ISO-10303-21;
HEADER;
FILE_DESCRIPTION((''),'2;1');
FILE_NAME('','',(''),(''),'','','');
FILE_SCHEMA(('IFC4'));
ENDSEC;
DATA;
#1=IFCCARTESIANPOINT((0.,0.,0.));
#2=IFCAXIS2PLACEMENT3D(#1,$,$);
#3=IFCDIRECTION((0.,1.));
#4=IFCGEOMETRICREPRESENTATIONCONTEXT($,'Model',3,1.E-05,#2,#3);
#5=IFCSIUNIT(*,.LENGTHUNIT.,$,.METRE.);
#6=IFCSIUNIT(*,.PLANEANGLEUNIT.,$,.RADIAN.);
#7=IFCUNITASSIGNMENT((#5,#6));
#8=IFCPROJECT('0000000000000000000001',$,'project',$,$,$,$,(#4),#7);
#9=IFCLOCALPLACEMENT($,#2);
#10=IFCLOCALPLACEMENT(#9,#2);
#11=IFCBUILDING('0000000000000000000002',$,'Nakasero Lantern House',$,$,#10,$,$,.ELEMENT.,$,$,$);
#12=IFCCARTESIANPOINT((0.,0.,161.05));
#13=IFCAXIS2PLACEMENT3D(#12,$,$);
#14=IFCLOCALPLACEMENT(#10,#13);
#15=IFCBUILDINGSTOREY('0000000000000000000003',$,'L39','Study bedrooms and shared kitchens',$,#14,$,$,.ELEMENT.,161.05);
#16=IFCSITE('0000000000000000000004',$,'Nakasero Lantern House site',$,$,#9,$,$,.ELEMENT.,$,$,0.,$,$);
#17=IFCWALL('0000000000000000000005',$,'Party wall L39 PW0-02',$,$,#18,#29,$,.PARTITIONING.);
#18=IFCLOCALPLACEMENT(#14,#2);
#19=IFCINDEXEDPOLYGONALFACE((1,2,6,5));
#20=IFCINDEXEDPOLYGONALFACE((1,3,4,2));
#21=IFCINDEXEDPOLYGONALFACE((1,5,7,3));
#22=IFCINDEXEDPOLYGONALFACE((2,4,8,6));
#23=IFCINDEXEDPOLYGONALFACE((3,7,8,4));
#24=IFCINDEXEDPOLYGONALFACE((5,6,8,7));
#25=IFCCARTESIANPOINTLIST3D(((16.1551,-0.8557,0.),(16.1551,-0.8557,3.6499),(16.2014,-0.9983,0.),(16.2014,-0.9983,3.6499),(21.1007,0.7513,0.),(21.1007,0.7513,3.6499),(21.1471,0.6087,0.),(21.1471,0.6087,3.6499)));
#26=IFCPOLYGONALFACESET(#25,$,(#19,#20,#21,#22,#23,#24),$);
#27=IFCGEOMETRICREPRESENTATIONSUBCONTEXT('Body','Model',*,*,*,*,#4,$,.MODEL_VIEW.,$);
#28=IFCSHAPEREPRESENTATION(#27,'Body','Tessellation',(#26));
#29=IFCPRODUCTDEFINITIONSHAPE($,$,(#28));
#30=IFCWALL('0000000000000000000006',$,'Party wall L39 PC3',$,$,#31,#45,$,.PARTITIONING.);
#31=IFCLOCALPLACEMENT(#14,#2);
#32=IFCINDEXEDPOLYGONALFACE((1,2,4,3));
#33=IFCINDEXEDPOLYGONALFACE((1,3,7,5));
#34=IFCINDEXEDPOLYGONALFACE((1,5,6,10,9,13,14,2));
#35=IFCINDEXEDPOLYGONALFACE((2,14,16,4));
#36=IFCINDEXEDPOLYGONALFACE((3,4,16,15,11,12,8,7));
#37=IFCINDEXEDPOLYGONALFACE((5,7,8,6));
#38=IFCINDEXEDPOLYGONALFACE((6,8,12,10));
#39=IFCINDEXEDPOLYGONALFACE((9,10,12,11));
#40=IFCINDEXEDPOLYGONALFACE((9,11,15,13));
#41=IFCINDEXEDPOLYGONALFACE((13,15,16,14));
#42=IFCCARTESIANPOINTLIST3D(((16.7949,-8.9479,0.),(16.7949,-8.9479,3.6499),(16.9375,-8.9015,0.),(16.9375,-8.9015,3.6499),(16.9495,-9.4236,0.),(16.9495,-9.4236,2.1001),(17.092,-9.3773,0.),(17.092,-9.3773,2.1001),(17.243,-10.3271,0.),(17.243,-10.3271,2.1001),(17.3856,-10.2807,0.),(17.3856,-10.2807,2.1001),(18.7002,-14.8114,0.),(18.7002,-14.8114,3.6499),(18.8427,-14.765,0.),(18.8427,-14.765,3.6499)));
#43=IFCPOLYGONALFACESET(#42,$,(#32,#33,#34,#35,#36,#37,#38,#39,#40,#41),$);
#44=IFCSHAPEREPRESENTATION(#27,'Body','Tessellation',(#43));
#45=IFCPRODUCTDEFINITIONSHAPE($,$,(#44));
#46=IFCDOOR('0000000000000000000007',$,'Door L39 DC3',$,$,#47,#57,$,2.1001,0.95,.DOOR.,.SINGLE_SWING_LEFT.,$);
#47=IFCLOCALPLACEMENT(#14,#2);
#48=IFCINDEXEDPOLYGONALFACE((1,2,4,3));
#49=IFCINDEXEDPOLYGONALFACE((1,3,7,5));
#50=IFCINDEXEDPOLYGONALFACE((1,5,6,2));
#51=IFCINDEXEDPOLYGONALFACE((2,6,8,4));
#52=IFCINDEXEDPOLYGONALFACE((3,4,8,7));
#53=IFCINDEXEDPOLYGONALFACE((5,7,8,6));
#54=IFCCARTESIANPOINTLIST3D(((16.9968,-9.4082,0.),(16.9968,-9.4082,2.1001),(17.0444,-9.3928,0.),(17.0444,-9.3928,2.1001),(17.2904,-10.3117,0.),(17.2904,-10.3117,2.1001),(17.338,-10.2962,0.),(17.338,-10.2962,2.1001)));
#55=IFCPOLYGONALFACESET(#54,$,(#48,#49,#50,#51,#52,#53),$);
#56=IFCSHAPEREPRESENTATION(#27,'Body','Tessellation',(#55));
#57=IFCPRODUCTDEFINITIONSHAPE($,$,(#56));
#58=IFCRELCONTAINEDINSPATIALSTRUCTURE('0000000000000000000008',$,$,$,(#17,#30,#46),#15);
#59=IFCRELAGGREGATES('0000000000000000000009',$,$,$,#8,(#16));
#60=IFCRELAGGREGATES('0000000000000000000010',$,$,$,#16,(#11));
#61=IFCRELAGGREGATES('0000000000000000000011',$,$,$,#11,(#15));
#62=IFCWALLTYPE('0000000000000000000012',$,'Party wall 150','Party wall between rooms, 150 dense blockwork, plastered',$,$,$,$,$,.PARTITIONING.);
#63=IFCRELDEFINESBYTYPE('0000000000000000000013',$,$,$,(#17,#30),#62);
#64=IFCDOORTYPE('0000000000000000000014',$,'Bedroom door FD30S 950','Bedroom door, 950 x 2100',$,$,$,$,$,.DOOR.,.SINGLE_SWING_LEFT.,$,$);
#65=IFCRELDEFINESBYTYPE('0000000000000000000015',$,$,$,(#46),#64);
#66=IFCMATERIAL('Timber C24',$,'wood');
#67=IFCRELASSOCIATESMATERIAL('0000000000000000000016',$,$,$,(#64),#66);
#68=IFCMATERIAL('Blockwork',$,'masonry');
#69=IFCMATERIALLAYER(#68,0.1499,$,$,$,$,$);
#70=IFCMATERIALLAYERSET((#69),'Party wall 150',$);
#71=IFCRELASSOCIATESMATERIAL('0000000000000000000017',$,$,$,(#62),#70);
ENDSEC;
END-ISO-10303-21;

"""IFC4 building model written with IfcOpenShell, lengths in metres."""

from ifc_helpers import new_model, si_unit, direction, frame, frame_2d, origin, place, context, subcontext, project, spatial, rectangle, extrude, material, layer, layer_set, type_object, element, fill, save


model = new_model("IFC4")

# Units and contexts
model_context = context("Model", 3, precision=1e-05, world=origin(), true_north=direction((0.0, 1.0)))
body_context = subcontext(model_context, "Body", "Model", "MODEL_VIEW")
ifc_project = project(units=[si_unit("LENGTHUNIT", "METRE"), si_unit("PLANEANGLEUNIT", "RADIAN")], contexts=[model_context])

# Site, building, storey
site_placement = place(None, origin())
site = spatial("IfcSite", under=ifc_project, at=site_placement, Name="Nakasero Lantern House site", CompositionType="ELEMENT", RefElevation=0.0)
building_placement = place(site_placement, origin())
building = spatial("IfcBuilding", under=site, at=building_placement, Name="Nakasero Lantern House", CompositionType="ELEMENT")
storey_placement = place(building_placement, frame((0.0, 0.0, 161.05)))
storey = spatial("IfcBuildingStorey", under=building, at=storey_placement, Name="L39", Description="Study bedrooms and shared kitchens", CompositionType="ELEMENT", Elevation=161.05)

# Shared definitions
ifc_material_1 = material(Name="Timber C24", Category="wood")
door_type_1 = type_object("IfcDoorType", Name="Bedroom door FD30S 950", Description="Bedroom door, 950 x 2100", OperationType="SINGLE_SWING_LEFT", PredefinedType="DOOR", material=ifc_material_1)

# Wall
ifc_material_2 = material(Name="Blockwork", Category="masonry")
ifc_layer_1 = layer(ifc_material_2, 0.1499)
ifc_layer_set_1 = layer_set([ifc_layer_1], Name="Party wall 150")
wall_type_1 = type_object("IfcWallType", Name="Party wall 150", Description="Party wall between rooms, 150 dense blockwork, plastered", PredefinedType="PARTITIONING", material=ifc_layer_set_1)
wall_1_placement = place(storey_placement, frame((16.1782, -0.927, 0.0), z_axis=(0.0, 0.0, 1.0), x_axis=(0.951055, 0.309021, 0.0)))
element("IfcWall", 1, at=wall_1_placement, inside=storey, type_object=wall_type_1, Name="Party wall L39 PW0-02", PredefinedType="PARTITIONING", context=body_context, shape_type="SweptSolid", body=[
    extrude(rectangle(XDim=5.2002, YDim=0.1499, at=frame_2d((2.6001, 0.0))), origin(), (0.0, 0.0, 1.0), 3.6499),
])

# Wall, opening, door
wall_2_placement = place(storey_placement, frame((16.8662, -8.9248, 0.0), z_axis=(0.0, 0.0, 1.0), x_axis=(0.309031, -0.951052, 0.0)))
wall_2 = element("IfcWall", 2, at=wall_2_placement, inside=storey, type_object=wall_type_1, Name="Party wall L39 PC3", PredefinedType="PARTITIONING", context=body_context, shape_type="SweptSolid", body=[
    extrude(rectangle(XDim=6.1653, YDim=0.1499, at=frame_2d((3.0825, 0.0))), origin(), (0.0, 0.0, 1.0), 3.6499),
])
opening_1_placement = place(wall_2_placement, frame((0.5, 0.0, 0.0)))
opening_1 = element("IfcOpeningElement", 3, at=opening_1_placement, cuts=wall_2, PredefinedType="OPENING", context=body_context, shape_type="SweptSolid", body=[
    extrude(rectangle(XDim=0.95, YDim=2.1001, at=frame_2d((0.4751, 1.05))), frame((0.0, 0.095, 0.0), z_axis=(0.0, -1.0, 0.0), x_axis=(1.0, 0.0, 0.0)), (0.0, 0.0, 1.0), 0.1899),
])
door_1_placement = place(opening_1_placement, origin())
door_1 = element("IfcDoor", 4, at=door_1_placement, inside=storey, type_object=door_type_1, Name="Door L39 DC3", OperationType="SINGLE_SWING_LEFT", OverallHeight=2.1001, OverallWidth=0.95, PredefinedType="DOOR", context=body_context, shape_type="SweptSolid", body=[
    extrude(rectangle(XDim=0.95, YDim=2.1001, at=frame_2d((0.4751, 1.05))), frame((0.0, 0.0249, 0.0), z_axis=(0.0, -1.0, 0.0), x_axis=(1.0, 0.0, 0.0)), (0.0, 0.0, 1.0), 0.05),
])
fill(opening_1, door_1)

save(model, "model.ifc")
